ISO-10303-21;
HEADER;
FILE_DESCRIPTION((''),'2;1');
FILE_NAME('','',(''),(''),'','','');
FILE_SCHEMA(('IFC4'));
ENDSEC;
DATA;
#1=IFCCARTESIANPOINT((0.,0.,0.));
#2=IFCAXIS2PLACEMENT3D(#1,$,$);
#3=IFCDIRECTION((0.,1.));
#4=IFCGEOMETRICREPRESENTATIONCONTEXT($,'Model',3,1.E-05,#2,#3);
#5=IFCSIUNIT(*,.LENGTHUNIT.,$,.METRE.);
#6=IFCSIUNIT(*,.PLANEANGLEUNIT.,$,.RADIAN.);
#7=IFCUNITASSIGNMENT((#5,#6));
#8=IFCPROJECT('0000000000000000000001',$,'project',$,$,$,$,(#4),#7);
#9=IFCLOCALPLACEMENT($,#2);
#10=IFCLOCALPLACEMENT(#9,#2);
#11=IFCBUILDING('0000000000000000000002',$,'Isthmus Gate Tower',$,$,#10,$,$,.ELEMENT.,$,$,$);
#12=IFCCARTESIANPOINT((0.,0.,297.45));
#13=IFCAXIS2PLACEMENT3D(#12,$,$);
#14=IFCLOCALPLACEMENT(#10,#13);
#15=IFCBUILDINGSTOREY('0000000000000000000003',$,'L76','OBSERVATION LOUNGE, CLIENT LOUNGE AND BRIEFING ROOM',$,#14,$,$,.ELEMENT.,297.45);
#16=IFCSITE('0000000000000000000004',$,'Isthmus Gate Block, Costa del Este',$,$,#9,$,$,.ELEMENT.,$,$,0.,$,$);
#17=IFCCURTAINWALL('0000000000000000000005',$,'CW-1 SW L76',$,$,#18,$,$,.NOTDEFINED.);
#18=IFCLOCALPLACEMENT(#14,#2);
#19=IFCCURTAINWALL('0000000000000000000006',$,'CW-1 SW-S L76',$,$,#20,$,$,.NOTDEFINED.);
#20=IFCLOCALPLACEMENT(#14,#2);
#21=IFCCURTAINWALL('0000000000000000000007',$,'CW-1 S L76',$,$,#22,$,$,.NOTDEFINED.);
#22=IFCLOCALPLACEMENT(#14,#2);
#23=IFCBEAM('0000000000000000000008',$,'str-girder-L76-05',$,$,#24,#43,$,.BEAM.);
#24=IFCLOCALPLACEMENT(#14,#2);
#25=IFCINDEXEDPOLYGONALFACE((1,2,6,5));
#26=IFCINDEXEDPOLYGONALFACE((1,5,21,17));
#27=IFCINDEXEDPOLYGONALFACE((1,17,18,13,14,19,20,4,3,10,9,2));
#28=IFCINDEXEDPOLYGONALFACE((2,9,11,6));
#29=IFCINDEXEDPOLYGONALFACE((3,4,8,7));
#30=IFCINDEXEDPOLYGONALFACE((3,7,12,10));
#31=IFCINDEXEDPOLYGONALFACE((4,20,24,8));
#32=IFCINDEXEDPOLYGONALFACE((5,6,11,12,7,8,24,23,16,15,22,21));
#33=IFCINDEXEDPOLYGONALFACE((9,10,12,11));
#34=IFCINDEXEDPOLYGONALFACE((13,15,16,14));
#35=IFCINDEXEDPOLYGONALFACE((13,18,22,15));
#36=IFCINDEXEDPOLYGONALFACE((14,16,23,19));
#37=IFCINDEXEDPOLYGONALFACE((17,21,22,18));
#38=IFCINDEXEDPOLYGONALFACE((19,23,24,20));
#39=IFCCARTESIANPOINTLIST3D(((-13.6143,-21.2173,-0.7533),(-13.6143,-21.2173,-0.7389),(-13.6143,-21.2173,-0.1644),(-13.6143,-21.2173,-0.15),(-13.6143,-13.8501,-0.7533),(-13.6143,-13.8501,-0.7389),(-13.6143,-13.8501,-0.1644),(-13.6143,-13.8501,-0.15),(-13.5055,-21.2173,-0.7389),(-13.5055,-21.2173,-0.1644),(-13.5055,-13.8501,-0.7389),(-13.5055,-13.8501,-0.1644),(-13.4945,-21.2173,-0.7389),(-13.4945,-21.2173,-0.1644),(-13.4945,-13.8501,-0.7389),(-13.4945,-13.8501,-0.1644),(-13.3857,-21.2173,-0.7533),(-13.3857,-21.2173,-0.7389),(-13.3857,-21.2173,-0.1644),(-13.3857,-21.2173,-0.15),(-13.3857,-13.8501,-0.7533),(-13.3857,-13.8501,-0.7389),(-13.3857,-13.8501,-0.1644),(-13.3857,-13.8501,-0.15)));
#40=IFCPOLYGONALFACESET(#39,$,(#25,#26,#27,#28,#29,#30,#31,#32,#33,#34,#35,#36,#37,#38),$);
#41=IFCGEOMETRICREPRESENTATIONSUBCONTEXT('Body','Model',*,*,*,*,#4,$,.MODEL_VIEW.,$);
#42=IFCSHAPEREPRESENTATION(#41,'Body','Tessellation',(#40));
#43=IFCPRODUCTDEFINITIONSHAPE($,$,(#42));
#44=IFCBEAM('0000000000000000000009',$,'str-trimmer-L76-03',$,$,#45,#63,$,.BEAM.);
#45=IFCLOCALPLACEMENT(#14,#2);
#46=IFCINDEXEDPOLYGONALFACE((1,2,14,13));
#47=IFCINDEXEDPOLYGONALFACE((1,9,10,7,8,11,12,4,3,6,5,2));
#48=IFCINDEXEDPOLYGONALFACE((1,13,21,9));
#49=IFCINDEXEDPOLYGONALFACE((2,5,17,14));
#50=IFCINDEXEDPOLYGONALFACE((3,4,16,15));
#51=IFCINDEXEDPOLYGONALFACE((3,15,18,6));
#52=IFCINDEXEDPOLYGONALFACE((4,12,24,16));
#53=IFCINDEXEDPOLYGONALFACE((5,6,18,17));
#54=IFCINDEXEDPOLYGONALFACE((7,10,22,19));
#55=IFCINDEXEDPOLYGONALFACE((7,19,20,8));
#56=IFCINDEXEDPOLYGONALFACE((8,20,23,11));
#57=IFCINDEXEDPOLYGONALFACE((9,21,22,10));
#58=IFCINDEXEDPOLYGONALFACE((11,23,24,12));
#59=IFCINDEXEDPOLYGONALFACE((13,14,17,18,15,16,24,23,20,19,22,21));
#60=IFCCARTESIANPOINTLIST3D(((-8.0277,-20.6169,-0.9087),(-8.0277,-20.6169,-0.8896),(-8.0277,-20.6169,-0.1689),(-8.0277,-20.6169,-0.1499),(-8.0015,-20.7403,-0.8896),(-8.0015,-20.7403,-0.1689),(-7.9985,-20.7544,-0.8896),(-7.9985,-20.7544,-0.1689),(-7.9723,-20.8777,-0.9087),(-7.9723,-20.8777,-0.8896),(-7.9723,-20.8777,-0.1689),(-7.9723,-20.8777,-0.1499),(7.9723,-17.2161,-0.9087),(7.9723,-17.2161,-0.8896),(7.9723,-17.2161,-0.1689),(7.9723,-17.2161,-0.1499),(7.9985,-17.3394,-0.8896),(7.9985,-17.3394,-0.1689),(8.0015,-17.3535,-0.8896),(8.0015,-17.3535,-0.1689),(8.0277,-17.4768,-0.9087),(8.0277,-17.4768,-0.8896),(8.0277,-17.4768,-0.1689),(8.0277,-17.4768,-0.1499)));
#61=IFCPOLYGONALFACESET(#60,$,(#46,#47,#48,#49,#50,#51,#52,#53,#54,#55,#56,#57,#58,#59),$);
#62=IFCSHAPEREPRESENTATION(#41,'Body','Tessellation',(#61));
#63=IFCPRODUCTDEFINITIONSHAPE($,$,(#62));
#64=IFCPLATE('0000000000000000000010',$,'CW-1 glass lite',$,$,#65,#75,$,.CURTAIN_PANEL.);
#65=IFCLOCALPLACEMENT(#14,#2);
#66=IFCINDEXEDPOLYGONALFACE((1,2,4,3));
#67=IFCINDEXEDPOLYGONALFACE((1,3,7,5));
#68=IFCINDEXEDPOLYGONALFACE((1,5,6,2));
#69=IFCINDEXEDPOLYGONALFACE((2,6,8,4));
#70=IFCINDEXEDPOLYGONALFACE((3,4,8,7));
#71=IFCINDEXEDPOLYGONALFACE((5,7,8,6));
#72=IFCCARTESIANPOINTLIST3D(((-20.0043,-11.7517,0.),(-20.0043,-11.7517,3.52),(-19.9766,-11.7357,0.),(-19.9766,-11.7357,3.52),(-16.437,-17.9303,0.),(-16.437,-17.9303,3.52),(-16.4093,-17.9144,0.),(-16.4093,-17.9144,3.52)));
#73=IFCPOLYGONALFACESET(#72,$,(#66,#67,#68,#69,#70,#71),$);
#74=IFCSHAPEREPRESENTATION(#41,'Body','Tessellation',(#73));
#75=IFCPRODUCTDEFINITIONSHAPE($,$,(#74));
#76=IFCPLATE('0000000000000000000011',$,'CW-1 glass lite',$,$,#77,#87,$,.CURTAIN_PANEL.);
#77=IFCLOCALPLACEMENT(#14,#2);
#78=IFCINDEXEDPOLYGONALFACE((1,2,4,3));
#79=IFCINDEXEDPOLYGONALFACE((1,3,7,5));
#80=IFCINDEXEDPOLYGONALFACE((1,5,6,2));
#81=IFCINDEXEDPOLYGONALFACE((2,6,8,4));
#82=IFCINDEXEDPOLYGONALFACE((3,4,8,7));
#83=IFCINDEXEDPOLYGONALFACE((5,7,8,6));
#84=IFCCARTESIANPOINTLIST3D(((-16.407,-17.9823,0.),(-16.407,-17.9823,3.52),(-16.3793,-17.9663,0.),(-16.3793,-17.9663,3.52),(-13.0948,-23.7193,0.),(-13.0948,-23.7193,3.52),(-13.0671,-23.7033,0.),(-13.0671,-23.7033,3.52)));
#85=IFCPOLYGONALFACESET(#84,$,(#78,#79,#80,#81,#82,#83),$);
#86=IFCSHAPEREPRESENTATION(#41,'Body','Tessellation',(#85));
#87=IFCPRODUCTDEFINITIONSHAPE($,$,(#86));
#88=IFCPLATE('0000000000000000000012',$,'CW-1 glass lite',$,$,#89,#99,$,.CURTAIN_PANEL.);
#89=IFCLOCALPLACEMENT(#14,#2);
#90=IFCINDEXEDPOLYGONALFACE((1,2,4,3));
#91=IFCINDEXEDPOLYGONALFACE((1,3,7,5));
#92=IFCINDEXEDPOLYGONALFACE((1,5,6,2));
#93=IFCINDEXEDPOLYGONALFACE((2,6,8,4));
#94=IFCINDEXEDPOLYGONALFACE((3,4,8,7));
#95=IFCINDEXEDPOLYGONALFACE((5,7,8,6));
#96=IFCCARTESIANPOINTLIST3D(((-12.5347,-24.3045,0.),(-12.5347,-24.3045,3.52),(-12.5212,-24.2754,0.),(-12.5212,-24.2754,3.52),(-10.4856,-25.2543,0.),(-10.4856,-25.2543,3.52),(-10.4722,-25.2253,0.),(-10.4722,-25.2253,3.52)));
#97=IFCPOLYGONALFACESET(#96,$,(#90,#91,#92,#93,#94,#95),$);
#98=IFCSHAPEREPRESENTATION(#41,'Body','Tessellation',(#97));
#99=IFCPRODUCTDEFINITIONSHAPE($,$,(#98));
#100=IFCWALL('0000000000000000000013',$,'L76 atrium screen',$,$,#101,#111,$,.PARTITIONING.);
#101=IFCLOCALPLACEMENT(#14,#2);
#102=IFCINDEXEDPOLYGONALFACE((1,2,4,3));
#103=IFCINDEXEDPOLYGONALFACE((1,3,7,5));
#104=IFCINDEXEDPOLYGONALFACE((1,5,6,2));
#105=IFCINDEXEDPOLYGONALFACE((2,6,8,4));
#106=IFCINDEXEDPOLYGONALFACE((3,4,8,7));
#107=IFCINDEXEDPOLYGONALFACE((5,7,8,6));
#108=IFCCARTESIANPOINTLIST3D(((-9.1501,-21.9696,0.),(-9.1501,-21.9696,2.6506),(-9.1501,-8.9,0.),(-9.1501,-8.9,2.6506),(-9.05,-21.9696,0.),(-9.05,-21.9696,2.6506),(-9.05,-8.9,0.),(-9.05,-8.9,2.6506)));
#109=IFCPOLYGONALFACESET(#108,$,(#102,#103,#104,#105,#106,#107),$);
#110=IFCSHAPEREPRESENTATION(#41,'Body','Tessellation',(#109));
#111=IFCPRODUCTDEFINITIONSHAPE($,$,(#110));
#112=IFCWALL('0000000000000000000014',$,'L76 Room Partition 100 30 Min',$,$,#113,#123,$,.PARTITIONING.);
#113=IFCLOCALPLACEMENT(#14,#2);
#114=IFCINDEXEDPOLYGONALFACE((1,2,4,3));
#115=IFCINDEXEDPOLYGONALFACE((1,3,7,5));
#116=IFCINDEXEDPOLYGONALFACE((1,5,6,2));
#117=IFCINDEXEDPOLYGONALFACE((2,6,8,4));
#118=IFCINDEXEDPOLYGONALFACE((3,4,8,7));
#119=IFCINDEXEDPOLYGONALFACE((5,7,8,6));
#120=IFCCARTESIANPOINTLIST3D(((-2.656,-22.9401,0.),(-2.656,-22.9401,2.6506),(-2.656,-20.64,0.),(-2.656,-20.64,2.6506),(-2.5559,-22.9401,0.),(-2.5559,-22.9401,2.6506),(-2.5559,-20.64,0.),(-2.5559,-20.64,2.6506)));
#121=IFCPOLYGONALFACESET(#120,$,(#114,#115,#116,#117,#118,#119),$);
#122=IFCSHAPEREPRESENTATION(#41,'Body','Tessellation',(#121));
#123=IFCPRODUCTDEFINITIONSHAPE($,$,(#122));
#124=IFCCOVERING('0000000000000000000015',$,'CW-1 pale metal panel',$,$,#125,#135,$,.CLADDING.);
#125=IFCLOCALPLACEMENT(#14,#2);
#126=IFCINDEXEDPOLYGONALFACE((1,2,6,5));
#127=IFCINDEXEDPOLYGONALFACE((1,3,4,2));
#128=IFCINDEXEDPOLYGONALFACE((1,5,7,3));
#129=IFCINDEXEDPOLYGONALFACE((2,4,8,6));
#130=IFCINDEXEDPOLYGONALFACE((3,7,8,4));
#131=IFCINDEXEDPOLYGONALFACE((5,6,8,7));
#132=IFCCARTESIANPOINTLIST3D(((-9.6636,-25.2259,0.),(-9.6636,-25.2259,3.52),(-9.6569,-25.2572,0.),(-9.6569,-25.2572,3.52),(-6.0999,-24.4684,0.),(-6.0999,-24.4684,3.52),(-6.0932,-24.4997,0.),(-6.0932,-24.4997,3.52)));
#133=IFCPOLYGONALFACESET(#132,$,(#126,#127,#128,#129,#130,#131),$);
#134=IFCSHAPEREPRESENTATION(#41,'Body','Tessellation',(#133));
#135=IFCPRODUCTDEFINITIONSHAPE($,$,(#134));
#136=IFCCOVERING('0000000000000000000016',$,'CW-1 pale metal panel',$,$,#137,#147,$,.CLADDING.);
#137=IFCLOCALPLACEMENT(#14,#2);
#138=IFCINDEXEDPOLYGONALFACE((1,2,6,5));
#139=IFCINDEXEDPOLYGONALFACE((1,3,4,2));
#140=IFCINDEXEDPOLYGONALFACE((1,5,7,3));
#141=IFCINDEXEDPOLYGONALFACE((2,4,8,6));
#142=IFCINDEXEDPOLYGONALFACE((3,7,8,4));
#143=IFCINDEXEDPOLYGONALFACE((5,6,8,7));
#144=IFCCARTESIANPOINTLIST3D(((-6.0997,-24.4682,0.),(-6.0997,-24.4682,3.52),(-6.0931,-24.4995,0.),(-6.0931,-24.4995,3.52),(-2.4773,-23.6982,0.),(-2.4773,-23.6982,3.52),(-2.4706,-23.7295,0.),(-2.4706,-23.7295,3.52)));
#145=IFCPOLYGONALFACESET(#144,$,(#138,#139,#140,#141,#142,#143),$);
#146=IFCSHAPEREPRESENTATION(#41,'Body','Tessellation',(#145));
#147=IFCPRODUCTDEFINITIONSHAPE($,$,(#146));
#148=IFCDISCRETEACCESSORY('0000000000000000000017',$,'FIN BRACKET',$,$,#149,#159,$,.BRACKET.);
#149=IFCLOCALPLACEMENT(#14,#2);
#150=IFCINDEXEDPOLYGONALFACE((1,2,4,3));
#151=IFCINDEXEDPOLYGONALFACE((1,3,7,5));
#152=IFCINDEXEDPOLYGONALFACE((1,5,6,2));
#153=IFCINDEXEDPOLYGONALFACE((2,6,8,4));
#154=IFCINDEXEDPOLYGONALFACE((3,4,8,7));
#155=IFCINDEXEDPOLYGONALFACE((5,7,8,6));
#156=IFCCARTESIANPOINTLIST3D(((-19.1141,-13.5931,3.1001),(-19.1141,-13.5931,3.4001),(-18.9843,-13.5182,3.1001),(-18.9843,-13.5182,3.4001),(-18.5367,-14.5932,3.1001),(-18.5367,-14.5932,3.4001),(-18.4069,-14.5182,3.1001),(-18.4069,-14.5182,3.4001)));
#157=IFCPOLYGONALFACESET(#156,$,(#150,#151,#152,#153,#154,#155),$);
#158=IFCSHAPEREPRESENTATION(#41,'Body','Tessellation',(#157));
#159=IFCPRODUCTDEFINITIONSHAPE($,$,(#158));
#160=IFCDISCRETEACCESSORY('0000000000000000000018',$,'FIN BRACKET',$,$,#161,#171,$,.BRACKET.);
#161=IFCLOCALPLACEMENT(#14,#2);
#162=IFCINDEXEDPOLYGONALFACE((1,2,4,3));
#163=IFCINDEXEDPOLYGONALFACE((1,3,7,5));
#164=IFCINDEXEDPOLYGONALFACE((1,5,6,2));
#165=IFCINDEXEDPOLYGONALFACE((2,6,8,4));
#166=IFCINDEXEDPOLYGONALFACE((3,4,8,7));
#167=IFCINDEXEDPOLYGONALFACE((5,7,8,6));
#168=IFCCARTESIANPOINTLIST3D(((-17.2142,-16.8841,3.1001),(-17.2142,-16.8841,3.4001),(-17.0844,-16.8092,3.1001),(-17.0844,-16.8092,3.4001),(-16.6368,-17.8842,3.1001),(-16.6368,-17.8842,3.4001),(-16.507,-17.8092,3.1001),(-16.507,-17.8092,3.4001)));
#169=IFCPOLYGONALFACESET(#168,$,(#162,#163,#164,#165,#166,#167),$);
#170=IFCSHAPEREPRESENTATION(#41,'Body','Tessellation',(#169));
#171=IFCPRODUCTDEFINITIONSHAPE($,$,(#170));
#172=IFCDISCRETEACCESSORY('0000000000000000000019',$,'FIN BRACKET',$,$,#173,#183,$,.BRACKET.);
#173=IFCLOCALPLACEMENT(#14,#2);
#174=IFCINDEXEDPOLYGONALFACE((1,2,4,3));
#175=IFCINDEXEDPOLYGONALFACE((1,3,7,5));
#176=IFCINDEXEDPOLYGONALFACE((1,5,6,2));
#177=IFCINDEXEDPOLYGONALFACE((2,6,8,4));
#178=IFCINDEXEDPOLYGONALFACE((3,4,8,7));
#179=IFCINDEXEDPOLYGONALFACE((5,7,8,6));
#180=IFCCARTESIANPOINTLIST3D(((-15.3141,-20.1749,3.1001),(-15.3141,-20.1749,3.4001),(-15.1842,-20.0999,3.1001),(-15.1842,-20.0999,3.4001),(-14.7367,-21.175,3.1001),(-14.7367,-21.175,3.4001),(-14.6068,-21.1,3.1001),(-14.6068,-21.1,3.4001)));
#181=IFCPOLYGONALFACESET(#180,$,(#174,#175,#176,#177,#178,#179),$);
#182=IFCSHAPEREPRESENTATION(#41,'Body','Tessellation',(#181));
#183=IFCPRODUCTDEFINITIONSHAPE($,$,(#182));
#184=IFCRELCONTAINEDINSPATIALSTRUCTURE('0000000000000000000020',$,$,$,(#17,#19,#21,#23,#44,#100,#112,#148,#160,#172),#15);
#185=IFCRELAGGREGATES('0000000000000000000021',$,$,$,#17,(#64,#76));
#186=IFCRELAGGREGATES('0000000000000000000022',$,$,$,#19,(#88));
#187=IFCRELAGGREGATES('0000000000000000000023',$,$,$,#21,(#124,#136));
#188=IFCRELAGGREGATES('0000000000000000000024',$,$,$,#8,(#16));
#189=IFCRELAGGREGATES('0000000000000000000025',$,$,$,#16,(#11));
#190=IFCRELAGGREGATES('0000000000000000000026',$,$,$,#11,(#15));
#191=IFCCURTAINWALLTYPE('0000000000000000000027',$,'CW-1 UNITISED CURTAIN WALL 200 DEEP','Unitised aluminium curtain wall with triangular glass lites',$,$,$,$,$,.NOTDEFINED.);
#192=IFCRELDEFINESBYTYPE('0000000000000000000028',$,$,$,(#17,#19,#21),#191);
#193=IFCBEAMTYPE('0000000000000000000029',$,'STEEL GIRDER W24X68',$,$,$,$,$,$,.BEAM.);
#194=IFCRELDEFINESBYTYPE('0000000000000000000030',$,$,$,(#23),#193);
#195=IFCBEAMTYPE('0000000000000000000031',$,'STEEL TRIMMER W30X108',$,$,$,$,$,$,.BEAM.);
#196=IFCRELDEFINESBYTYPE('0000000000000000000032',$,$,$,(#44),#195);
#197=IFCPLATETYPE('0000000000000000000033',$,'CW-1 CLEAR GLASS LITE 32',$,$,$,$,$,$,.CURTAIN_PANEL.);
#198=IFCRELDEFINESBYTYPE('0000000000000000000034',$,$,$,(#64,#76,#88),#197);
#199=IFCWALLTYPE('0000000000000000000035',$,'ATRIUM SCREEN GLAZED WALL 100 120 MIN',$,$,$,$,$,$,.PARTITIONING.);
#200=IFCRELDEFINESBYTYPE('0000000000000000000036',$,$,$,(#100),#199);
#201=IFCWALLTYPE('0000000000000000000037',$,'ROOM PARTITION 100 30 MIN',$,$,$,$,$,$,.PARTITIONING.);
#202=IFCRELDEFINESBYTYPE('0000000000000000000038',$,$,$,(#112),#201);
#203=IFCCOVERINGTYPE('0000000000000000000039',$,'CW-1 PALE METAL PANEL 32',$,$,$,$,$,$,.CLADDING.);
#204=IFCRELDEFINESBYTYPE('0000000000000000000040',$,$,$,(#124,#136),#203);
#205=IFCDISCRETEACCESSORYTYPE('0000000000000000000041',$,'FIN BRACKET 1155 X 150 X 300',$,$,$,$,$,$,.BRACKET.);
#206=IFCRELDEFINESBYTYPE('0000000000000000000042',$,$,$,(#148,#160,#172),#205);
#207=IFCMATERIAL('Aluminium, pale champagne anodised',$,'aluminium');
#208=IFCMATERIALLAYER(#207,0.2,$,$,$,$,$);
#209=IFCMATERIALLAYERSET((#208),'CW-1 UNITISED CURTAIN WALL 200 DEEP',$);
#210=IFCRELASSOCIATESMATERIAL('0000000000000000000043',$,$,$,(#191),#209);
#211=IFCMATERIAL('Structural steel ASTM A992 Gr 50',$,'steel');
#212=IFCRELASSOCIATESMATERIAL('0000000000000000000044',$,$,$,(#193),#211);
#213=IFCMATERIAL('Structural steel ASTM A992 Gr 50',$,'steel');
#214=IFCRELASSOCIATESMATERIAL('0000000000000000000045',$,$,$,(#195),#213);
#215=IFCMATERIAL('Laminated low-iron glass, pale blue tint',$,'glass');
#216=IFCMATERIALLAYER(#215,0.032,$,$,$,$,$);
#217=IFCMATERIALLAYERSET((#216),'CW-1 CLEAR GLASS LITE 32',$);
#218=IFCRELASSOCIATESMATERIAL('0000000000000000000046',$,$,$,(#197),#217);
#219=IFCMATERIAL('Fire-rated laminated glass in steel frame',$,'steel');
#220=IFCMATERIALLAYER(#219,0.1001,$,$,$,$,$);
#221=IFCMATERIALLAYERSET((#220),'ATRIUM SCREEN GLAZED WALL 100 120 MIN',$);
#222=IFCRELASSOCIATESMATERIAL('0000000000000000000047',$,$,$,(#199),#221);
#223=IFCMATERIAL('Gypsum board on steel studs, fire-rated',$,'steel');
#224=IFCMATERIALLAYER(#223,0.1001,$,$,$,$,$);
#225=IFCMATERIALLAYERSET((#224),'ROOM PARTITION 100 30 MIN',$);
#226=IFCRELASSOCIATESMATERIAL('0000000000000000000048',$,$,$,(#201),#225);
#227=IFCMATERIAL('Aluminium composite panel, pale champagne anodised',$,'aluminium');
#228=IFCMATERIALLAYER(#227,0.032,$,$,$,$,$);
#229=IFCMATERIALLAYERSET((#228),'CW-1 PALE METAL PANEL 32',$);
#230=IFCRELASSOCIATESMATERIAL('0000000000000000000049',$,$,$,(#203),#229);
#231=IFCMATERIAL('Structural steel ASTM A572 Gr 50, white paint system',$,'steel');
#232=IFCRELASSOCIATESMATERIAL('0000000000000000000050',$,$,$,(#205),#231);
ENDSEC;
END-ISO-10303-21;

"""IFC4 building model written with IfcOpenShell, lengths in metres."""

from ifc_helpers import new_model, si_unit, direction, frame, frame_2d, origin, origin_2d, place, context, subcontext, project, spatial, rectangle, i_section, extrude, material, layer, layer_set, material_profile, profile_set, type_object, element, aggregate, save


model = new_model("IFC4")

# Units and contexts
model_context = context("Model", 3, precision=1e-05, world=origin(), true_north=direction((0.0, 1.0)))
body_context = subcontext(model_context, "Body", "Model", "MODEL_VIEW")
ifc_project = project(units=[si_unit("LENGTHUNIT", "METRE"), si_unit("PLANEANGLEUNIT", "RADIAN")], contexts=[model_context])

# Site, building, storey
site_placement = place(None, origin())
site = spatial("IfcSite", under=ifc_project, at=site_placement, Name="Isthmus Gate Block, Costa del Este", CompositionType="ELEMENT", RefElevation=0.0)
building_placement = place(site_placement, origin())
building = spatial("IfcBuilding", under=site, at=building_placement, Name="Isthmus Gate Tower", CompositionType="ELEMENT")
storey_placement = place(building_placement, frame((0.0, 0.0, 297.45)))
storey = spatial("IfcBuildingStorey", under=building, at=storey_placement, Name="L76", Description="OBSERVATION LOUNGE, CLIENT LOUNGE AND BRIEFING ROOM", CompositionType="ELEMENT", Elevation=297.45)

# Curtain walls
ifc_material_1 = material(Name="Aluminium, pale champagne anodised", Category="aluminium")
ifc_layer_1 = layer(ifc_material_1, 0.2)
ifc_layer_set_1 = layer_set([ifc_layer_1], Name="CW-1 UNITISED CURTAIN WALL 200 DEEP")
curtain_wall_type = type_object("IfcCurtainWallType", Name="CW-1 UNITISED CURTAIN WALL 200 DEEP", Description="Unitised aluminium curtain wall with triangular glass lites", PredefinedType="NOTDEFINED", material=ifc_layer_set_1)
curtain_wall_1_placement = place(storey_placement, origin())
curtain_wall_1 = element("IfcCurtainWall", 1, at=curtain_wall_1_placement, inside=storey, type_object=curtain_wall_type, Name="CW-1 SW L76", PredefinedType="NOTDEFINED")
curtain_wall_2_placement = place(storey_placement, origin())
curtain_wall_2 = element("IfcCurtainWall", 2, at=curtain_wall_2_placement, inside=storey, type_object=curtain_wall_type, Name="CW-1 SW-S L76", PredefinedType="NOTDEFINED")

# Curtain wall
curtain_wall_3_placement = place(storey_placement, origin())
curtain_wall_3 = element("IfcCurtainWall", 3, at=curtain_wall_3_placement, inside=storey, type_object=curtain_wall_type, Name="CW-1 S L76", PredefinedType="NOTDEFINED")

# Beams
ifc_material_2 = material(Name="Structural steel ASTM A992 Gr 50", Category="steel")
ifc_material_profile_1 = material_profile(ifc_material_2, i_section(OverallWidth=0.2285, OverallDepth=0.6033, WebThickness=0.011, FlangeThickness=0.0144, at=origin_2d()), Name="W24X68")
ifc_profile_set_1 = profile_set([ifc_material_profile_1], Name="Structural steel ASTM A992 Gr 50")
beam_type_1 = type_object("IfcBeamType", Name="STEEL GIRDER W24X68", PredefinedType="BEAM", material=ifc_profile_set_1)
beam_1_placement = place(storey_placement, frame((-13.5, -21.2173, -0.4517), z_axis=(0.0, 1.0, 0.0), x_axis=(-1.0, 0.0, 0.0)))
element("IfcBeam", 4, at=beam_1_placement, inside=storey, type_object=beam_type_1, Name="str-girder-L76-05", PredefinedType="BEAM", context=body_context, shape_type="SweptSolid", body=[
    extrude(i_section(OverallWidth=0.2285, OverallDepth=0.6033, WebThickness=0.011, FlangeThickness=0.0144, at=origin_2d()), origin(), (0.0, 0.0, 1.0), 7.3672),
])
ifc_material_3 = material(Name="Structural steel ASTM A992 Gr 50", Category="steel")
ifc_material_profile_2 = material_profile(ifc_material_3, i_section(OverallWidth=0.2666, OverallDepth=0.7588, WebThickness=0.0144, FlangeThickness=0.019, at=origin_2d()), Name="W30X108")
ifc_profile_set_2 = profile_set([ifc_material_profile_2], Name="Structural steel ASTM A992 Gr 50")
beam_type_2 = type_object("IfcBeamType", Name="STEEL TRIMMER W30X108", PredefinedType="BEAM", material=ifc_profile_set_2)
beam_2_placement = place(storey_placement, frame((-8.0, -20.7473, -0.5293), z_axis=(0.978148, 0.20791, 0.0), x_axis=(-0.20791, 0.978148, 0.0)))
element("IfcBeam", 5, at=beam_2_placement, inside=storey, type_object=beam_type_2, Name="str-trimmer-L76-03", PredefinedType="BEAM", context=body_context, shape_type="SweptSolid", body=[
    extrude(i_section(OverallWidth=0.2666, OverallDepth=0.7588, WebThickness=0.0144, FlangeThickness=0.019, at=origin_2d()), origin(), (0.0, 0.0, 1.0), 16.3574),
])

# Plates
ifc_material_4 = material(Name="Laminated low-iron glass, pale blue tint", Category="glass")
ifc_layer_2 = layer(ifc_material_4, 0.032)
ifc_layer_set_2 = layer_set([ifc_layer_2], Name="CW-1 CLEAR GLASS LITE 32")
plate_type = type_object("IfcPlateType", Name="CW-1 CLEAR GLASS LITE 32", PredefinedType="CURTAIN_PANEL", material=ifc_layer_set_2)
plate_1_placement = place(storey_placement, frame((-18.2068, -14.833, 0.0), z_axis=(0.0, 0.0, 1.0), x_axis=(0.5, -0.866025, 0.0)))
plate_1 = element("IfcPlate", 6, at=plate_1_placement, type_object=plate_type, Name="CW-1 glass lite", PredefinedType="CURTAIN_PANEL", context=body_context, shape_type="SweptSolid", body=[
    extrude(rectangle(XDim=7.1345, YDim=0.032, at=origin_2d()), origin(), (0.0, 0.0, 1.0), 3.52),
])
plate_2_placement = place(storey_placement, frame((-14.7371, -20.8428, 0.0), z_axis=(0.0, 0.0, 1.0), x_axis=(0.5, -0.866025, 0.0)))
plate_2 = element("IfcPlate", 7, at=plate_2_placement, type_object=plate_type, Name="CW-1 glass lite", PredefinedType="CURTAIN_PANEL", context=body_context, shape_type="SweptSolid", body=[
    extrude(rectangle(XDim=6.6245, YDim=0.032, at=origin_2d()), origin(), (0.0, 0.0, 1.0), 3.52),
])
aggregate(curtain_wall_1, [plate_1, plate_2])
plate_3_placement = place(storey_placement, frame((-11.5034, -24.7649, 0.0), z_axis=(0.0, 0.0, 1.0), x_axis=(0.907256, -0.420578, 0.0)))
plate_3 = element("IfcPlate", 8, at=plate_3_placement, type_object=plate_type, Name="CW-1 glass lite", PredefinedType="CURTAIN_PANEL", context=body_context, shape_type="SweptSolid", body=[
    extrude(rectangle(XDim=2.2585, YDim=0.032, at=origin_2d()), origin(), (0.0, 0.0, 1.0), 3.52),
])
aggregate(curtain_wall_2, [plate_3])

# Walls
ifc_material_5 = material(Name="Fire-rated laminated glass in steel frame", Category="steel")
ifc_layer_3 = layer(ifc_material_5, 0.1001)
ifc_layer_set_3 = layer_set([ifc_layer_3], Name="ATRIUM SCREEN GLAZED WALL 100 120 MIN")
wall_type_1 = type_object("IfcWallType", Name="ATRIUM SCREEN GLAZED WALL 100 120 MIN", PredefinedType="PARTITIONING", material=ifc_layer_set_3)
wall_1_placement = place(storey_placement, frame((-9.1001, -21.9695, 0.0), z_axis=(0.0, 0.0, 1.0), x_axis=(0.0, 1.0, 0.0)))
element("IfcWall", 9, at=wall_1_placement, inside=storey, type_object=wall_type_1, Name="L76 atrium screen", PredefinedType="PARTITIONING", context=body_context, shape_type="SweptSolid", body=[
    extrude(rectangle(XDim=13.0696, YDim=0.1001, at=frame_2d((6.5347, 0.0))), origin(), (0.0, 0.0, 1.0), 2.6506),
])
ifc_material_6 = material(Name="Gypsum board on steel studs, fire-rated", Category="steel")
ifc_layer_4 = layer(ifc_material_6, 0.1001)
ifc_layer_set_4 = layer_set([ifc_layer_4], Name="ROOM PARTITION 100 30 MIN")
wall_type_2 = type_object("IfcWallType", Name="ROOM PARTITION 100 30 MIN", PredefinedType="PARTITIONING", material=ifc_layer_set_4)
wall_2_placement = place(storey_placement, frame((-2.606, -22.9399, 0.0), z_axis=(0.0, 0.0, 1.0), x_axis=(0.0, 1.0, 0.0)))
element("IfcWall", 10, at=wall_2_placement, inside=storey, type_object=wall_type_2, Name="L76 Room Partition 100 30 Min", PredefinedType="PARTITIONING", context=body_context, shape_type="SweptSolid", body=[
    extrude(rectangle(XDim=2.3, YDim=0.1001, at=frame_2d((1.1499, 0.0))), origin(), (0.0, 0.0, 1.0), 2.6506),
])

# Coverings
ifc_material_7 = material(Name="Aluminium composite panel, pale champagne anodised", Category="aluminium")
ifc_layer_5 = layer(ifc_material_7, 0.032)
ifc_layer_set_5 = layer_set([ifc_layer_5], Name="CW-1 PALE METAL PANEL 32")
covering_type = type_object("IfcCoveringType", Name="CW-1 PALE METAL PANEL 32", PredefinedType="CLADDING", material=ifc_layer_set_5)
covering_1_placement = place(storey_placement, frame((-7.8784, -24.8628, 0.0), z_axis=(0.0, 0.0, 1.0), x_axis=(0.978148, 0.207912, 0.0)))
covering_1 = element("IfcCovering", 11, at=covering_1_placement, type_object=covering_type, Name="CW-1 pale metal panel", PredefinedType="CLADDING", context=body_context, shape_type="SweptSolid", body=[
    extrude(rectangle(XDim=3.6433, YDim=0.032, at=origin_2d()), origin(), (0.0, 0.0, 1.0), 3.52),
])
covering_2_placement = place(storey_placement, frame((-4.2852, -24.0989, 0.0), z_axis=(0.0, 0.0, 1.0), x_axis=(0.978148, 0.207912, 0.0)))
covering_2 = element("IfcCovering", 12, at=covering_2_placement, type_object=covering_type, Name="CW-1 pale metal panel", PredefinedType="CLADDING", context=body_context, shape_type="SweptSolid", body=[
    extrude(rectangle(XDim=3.7034, YDim=0.032, at=origin_2d()), origin(), (0.0, 0.0, 1.0), 3.52),
])
aggregate(curtain_wall_3, [covering_1, covering_2])

# Discrete accessories
ifc_material_8 = material(Name="Structural steel ASTM A572 Gr 50, white paint system", Category="steel")
discrete_accessory_type_1 = type_object("IfcDiscreteAccessoryType", Name="FIN BRACKET 1155 X 150 X 300", PredefinedType="BRACKET", material=ifc_material_8)
for number, where, z_axis, x_axis, name in (
    (13, (-18.7605, -14.0557, 3.1001), (0.0, 0.0, 1.0), (-0.866025, -0.5, 0.0), "FIN BRACKET"),
    (14, (-16.8606, -17.3467, 3.1001), (0.0, 0.0, 1.0), (-0.866025, -0.5, 0.0), "FIN BRACKET"),
    (15, (-14.9604, -20.6375, 3.1001), (0.0, 0.0, 1.0), (-0.866025, -0.5, 0.0), "FIN BRACKET"),
):
    element("IfcDiscreteAccessory", number, at=place(storey_placement, frame(where, z_axis=z_axis, x_axis=x_axis)), inside=storey, type_object=discrete_accessory_type_1, Name=name, PredefinedType="BRACKET", context=body_context, shape_type="SweptSolid", body=[
        extrude(rectangle(XDim=0.1499, YDim=1.1548, at=origin_2d()), origin(), (0.0, 0.0, 1.0), 0.3),
    ])

save(model, "model.ifc")
